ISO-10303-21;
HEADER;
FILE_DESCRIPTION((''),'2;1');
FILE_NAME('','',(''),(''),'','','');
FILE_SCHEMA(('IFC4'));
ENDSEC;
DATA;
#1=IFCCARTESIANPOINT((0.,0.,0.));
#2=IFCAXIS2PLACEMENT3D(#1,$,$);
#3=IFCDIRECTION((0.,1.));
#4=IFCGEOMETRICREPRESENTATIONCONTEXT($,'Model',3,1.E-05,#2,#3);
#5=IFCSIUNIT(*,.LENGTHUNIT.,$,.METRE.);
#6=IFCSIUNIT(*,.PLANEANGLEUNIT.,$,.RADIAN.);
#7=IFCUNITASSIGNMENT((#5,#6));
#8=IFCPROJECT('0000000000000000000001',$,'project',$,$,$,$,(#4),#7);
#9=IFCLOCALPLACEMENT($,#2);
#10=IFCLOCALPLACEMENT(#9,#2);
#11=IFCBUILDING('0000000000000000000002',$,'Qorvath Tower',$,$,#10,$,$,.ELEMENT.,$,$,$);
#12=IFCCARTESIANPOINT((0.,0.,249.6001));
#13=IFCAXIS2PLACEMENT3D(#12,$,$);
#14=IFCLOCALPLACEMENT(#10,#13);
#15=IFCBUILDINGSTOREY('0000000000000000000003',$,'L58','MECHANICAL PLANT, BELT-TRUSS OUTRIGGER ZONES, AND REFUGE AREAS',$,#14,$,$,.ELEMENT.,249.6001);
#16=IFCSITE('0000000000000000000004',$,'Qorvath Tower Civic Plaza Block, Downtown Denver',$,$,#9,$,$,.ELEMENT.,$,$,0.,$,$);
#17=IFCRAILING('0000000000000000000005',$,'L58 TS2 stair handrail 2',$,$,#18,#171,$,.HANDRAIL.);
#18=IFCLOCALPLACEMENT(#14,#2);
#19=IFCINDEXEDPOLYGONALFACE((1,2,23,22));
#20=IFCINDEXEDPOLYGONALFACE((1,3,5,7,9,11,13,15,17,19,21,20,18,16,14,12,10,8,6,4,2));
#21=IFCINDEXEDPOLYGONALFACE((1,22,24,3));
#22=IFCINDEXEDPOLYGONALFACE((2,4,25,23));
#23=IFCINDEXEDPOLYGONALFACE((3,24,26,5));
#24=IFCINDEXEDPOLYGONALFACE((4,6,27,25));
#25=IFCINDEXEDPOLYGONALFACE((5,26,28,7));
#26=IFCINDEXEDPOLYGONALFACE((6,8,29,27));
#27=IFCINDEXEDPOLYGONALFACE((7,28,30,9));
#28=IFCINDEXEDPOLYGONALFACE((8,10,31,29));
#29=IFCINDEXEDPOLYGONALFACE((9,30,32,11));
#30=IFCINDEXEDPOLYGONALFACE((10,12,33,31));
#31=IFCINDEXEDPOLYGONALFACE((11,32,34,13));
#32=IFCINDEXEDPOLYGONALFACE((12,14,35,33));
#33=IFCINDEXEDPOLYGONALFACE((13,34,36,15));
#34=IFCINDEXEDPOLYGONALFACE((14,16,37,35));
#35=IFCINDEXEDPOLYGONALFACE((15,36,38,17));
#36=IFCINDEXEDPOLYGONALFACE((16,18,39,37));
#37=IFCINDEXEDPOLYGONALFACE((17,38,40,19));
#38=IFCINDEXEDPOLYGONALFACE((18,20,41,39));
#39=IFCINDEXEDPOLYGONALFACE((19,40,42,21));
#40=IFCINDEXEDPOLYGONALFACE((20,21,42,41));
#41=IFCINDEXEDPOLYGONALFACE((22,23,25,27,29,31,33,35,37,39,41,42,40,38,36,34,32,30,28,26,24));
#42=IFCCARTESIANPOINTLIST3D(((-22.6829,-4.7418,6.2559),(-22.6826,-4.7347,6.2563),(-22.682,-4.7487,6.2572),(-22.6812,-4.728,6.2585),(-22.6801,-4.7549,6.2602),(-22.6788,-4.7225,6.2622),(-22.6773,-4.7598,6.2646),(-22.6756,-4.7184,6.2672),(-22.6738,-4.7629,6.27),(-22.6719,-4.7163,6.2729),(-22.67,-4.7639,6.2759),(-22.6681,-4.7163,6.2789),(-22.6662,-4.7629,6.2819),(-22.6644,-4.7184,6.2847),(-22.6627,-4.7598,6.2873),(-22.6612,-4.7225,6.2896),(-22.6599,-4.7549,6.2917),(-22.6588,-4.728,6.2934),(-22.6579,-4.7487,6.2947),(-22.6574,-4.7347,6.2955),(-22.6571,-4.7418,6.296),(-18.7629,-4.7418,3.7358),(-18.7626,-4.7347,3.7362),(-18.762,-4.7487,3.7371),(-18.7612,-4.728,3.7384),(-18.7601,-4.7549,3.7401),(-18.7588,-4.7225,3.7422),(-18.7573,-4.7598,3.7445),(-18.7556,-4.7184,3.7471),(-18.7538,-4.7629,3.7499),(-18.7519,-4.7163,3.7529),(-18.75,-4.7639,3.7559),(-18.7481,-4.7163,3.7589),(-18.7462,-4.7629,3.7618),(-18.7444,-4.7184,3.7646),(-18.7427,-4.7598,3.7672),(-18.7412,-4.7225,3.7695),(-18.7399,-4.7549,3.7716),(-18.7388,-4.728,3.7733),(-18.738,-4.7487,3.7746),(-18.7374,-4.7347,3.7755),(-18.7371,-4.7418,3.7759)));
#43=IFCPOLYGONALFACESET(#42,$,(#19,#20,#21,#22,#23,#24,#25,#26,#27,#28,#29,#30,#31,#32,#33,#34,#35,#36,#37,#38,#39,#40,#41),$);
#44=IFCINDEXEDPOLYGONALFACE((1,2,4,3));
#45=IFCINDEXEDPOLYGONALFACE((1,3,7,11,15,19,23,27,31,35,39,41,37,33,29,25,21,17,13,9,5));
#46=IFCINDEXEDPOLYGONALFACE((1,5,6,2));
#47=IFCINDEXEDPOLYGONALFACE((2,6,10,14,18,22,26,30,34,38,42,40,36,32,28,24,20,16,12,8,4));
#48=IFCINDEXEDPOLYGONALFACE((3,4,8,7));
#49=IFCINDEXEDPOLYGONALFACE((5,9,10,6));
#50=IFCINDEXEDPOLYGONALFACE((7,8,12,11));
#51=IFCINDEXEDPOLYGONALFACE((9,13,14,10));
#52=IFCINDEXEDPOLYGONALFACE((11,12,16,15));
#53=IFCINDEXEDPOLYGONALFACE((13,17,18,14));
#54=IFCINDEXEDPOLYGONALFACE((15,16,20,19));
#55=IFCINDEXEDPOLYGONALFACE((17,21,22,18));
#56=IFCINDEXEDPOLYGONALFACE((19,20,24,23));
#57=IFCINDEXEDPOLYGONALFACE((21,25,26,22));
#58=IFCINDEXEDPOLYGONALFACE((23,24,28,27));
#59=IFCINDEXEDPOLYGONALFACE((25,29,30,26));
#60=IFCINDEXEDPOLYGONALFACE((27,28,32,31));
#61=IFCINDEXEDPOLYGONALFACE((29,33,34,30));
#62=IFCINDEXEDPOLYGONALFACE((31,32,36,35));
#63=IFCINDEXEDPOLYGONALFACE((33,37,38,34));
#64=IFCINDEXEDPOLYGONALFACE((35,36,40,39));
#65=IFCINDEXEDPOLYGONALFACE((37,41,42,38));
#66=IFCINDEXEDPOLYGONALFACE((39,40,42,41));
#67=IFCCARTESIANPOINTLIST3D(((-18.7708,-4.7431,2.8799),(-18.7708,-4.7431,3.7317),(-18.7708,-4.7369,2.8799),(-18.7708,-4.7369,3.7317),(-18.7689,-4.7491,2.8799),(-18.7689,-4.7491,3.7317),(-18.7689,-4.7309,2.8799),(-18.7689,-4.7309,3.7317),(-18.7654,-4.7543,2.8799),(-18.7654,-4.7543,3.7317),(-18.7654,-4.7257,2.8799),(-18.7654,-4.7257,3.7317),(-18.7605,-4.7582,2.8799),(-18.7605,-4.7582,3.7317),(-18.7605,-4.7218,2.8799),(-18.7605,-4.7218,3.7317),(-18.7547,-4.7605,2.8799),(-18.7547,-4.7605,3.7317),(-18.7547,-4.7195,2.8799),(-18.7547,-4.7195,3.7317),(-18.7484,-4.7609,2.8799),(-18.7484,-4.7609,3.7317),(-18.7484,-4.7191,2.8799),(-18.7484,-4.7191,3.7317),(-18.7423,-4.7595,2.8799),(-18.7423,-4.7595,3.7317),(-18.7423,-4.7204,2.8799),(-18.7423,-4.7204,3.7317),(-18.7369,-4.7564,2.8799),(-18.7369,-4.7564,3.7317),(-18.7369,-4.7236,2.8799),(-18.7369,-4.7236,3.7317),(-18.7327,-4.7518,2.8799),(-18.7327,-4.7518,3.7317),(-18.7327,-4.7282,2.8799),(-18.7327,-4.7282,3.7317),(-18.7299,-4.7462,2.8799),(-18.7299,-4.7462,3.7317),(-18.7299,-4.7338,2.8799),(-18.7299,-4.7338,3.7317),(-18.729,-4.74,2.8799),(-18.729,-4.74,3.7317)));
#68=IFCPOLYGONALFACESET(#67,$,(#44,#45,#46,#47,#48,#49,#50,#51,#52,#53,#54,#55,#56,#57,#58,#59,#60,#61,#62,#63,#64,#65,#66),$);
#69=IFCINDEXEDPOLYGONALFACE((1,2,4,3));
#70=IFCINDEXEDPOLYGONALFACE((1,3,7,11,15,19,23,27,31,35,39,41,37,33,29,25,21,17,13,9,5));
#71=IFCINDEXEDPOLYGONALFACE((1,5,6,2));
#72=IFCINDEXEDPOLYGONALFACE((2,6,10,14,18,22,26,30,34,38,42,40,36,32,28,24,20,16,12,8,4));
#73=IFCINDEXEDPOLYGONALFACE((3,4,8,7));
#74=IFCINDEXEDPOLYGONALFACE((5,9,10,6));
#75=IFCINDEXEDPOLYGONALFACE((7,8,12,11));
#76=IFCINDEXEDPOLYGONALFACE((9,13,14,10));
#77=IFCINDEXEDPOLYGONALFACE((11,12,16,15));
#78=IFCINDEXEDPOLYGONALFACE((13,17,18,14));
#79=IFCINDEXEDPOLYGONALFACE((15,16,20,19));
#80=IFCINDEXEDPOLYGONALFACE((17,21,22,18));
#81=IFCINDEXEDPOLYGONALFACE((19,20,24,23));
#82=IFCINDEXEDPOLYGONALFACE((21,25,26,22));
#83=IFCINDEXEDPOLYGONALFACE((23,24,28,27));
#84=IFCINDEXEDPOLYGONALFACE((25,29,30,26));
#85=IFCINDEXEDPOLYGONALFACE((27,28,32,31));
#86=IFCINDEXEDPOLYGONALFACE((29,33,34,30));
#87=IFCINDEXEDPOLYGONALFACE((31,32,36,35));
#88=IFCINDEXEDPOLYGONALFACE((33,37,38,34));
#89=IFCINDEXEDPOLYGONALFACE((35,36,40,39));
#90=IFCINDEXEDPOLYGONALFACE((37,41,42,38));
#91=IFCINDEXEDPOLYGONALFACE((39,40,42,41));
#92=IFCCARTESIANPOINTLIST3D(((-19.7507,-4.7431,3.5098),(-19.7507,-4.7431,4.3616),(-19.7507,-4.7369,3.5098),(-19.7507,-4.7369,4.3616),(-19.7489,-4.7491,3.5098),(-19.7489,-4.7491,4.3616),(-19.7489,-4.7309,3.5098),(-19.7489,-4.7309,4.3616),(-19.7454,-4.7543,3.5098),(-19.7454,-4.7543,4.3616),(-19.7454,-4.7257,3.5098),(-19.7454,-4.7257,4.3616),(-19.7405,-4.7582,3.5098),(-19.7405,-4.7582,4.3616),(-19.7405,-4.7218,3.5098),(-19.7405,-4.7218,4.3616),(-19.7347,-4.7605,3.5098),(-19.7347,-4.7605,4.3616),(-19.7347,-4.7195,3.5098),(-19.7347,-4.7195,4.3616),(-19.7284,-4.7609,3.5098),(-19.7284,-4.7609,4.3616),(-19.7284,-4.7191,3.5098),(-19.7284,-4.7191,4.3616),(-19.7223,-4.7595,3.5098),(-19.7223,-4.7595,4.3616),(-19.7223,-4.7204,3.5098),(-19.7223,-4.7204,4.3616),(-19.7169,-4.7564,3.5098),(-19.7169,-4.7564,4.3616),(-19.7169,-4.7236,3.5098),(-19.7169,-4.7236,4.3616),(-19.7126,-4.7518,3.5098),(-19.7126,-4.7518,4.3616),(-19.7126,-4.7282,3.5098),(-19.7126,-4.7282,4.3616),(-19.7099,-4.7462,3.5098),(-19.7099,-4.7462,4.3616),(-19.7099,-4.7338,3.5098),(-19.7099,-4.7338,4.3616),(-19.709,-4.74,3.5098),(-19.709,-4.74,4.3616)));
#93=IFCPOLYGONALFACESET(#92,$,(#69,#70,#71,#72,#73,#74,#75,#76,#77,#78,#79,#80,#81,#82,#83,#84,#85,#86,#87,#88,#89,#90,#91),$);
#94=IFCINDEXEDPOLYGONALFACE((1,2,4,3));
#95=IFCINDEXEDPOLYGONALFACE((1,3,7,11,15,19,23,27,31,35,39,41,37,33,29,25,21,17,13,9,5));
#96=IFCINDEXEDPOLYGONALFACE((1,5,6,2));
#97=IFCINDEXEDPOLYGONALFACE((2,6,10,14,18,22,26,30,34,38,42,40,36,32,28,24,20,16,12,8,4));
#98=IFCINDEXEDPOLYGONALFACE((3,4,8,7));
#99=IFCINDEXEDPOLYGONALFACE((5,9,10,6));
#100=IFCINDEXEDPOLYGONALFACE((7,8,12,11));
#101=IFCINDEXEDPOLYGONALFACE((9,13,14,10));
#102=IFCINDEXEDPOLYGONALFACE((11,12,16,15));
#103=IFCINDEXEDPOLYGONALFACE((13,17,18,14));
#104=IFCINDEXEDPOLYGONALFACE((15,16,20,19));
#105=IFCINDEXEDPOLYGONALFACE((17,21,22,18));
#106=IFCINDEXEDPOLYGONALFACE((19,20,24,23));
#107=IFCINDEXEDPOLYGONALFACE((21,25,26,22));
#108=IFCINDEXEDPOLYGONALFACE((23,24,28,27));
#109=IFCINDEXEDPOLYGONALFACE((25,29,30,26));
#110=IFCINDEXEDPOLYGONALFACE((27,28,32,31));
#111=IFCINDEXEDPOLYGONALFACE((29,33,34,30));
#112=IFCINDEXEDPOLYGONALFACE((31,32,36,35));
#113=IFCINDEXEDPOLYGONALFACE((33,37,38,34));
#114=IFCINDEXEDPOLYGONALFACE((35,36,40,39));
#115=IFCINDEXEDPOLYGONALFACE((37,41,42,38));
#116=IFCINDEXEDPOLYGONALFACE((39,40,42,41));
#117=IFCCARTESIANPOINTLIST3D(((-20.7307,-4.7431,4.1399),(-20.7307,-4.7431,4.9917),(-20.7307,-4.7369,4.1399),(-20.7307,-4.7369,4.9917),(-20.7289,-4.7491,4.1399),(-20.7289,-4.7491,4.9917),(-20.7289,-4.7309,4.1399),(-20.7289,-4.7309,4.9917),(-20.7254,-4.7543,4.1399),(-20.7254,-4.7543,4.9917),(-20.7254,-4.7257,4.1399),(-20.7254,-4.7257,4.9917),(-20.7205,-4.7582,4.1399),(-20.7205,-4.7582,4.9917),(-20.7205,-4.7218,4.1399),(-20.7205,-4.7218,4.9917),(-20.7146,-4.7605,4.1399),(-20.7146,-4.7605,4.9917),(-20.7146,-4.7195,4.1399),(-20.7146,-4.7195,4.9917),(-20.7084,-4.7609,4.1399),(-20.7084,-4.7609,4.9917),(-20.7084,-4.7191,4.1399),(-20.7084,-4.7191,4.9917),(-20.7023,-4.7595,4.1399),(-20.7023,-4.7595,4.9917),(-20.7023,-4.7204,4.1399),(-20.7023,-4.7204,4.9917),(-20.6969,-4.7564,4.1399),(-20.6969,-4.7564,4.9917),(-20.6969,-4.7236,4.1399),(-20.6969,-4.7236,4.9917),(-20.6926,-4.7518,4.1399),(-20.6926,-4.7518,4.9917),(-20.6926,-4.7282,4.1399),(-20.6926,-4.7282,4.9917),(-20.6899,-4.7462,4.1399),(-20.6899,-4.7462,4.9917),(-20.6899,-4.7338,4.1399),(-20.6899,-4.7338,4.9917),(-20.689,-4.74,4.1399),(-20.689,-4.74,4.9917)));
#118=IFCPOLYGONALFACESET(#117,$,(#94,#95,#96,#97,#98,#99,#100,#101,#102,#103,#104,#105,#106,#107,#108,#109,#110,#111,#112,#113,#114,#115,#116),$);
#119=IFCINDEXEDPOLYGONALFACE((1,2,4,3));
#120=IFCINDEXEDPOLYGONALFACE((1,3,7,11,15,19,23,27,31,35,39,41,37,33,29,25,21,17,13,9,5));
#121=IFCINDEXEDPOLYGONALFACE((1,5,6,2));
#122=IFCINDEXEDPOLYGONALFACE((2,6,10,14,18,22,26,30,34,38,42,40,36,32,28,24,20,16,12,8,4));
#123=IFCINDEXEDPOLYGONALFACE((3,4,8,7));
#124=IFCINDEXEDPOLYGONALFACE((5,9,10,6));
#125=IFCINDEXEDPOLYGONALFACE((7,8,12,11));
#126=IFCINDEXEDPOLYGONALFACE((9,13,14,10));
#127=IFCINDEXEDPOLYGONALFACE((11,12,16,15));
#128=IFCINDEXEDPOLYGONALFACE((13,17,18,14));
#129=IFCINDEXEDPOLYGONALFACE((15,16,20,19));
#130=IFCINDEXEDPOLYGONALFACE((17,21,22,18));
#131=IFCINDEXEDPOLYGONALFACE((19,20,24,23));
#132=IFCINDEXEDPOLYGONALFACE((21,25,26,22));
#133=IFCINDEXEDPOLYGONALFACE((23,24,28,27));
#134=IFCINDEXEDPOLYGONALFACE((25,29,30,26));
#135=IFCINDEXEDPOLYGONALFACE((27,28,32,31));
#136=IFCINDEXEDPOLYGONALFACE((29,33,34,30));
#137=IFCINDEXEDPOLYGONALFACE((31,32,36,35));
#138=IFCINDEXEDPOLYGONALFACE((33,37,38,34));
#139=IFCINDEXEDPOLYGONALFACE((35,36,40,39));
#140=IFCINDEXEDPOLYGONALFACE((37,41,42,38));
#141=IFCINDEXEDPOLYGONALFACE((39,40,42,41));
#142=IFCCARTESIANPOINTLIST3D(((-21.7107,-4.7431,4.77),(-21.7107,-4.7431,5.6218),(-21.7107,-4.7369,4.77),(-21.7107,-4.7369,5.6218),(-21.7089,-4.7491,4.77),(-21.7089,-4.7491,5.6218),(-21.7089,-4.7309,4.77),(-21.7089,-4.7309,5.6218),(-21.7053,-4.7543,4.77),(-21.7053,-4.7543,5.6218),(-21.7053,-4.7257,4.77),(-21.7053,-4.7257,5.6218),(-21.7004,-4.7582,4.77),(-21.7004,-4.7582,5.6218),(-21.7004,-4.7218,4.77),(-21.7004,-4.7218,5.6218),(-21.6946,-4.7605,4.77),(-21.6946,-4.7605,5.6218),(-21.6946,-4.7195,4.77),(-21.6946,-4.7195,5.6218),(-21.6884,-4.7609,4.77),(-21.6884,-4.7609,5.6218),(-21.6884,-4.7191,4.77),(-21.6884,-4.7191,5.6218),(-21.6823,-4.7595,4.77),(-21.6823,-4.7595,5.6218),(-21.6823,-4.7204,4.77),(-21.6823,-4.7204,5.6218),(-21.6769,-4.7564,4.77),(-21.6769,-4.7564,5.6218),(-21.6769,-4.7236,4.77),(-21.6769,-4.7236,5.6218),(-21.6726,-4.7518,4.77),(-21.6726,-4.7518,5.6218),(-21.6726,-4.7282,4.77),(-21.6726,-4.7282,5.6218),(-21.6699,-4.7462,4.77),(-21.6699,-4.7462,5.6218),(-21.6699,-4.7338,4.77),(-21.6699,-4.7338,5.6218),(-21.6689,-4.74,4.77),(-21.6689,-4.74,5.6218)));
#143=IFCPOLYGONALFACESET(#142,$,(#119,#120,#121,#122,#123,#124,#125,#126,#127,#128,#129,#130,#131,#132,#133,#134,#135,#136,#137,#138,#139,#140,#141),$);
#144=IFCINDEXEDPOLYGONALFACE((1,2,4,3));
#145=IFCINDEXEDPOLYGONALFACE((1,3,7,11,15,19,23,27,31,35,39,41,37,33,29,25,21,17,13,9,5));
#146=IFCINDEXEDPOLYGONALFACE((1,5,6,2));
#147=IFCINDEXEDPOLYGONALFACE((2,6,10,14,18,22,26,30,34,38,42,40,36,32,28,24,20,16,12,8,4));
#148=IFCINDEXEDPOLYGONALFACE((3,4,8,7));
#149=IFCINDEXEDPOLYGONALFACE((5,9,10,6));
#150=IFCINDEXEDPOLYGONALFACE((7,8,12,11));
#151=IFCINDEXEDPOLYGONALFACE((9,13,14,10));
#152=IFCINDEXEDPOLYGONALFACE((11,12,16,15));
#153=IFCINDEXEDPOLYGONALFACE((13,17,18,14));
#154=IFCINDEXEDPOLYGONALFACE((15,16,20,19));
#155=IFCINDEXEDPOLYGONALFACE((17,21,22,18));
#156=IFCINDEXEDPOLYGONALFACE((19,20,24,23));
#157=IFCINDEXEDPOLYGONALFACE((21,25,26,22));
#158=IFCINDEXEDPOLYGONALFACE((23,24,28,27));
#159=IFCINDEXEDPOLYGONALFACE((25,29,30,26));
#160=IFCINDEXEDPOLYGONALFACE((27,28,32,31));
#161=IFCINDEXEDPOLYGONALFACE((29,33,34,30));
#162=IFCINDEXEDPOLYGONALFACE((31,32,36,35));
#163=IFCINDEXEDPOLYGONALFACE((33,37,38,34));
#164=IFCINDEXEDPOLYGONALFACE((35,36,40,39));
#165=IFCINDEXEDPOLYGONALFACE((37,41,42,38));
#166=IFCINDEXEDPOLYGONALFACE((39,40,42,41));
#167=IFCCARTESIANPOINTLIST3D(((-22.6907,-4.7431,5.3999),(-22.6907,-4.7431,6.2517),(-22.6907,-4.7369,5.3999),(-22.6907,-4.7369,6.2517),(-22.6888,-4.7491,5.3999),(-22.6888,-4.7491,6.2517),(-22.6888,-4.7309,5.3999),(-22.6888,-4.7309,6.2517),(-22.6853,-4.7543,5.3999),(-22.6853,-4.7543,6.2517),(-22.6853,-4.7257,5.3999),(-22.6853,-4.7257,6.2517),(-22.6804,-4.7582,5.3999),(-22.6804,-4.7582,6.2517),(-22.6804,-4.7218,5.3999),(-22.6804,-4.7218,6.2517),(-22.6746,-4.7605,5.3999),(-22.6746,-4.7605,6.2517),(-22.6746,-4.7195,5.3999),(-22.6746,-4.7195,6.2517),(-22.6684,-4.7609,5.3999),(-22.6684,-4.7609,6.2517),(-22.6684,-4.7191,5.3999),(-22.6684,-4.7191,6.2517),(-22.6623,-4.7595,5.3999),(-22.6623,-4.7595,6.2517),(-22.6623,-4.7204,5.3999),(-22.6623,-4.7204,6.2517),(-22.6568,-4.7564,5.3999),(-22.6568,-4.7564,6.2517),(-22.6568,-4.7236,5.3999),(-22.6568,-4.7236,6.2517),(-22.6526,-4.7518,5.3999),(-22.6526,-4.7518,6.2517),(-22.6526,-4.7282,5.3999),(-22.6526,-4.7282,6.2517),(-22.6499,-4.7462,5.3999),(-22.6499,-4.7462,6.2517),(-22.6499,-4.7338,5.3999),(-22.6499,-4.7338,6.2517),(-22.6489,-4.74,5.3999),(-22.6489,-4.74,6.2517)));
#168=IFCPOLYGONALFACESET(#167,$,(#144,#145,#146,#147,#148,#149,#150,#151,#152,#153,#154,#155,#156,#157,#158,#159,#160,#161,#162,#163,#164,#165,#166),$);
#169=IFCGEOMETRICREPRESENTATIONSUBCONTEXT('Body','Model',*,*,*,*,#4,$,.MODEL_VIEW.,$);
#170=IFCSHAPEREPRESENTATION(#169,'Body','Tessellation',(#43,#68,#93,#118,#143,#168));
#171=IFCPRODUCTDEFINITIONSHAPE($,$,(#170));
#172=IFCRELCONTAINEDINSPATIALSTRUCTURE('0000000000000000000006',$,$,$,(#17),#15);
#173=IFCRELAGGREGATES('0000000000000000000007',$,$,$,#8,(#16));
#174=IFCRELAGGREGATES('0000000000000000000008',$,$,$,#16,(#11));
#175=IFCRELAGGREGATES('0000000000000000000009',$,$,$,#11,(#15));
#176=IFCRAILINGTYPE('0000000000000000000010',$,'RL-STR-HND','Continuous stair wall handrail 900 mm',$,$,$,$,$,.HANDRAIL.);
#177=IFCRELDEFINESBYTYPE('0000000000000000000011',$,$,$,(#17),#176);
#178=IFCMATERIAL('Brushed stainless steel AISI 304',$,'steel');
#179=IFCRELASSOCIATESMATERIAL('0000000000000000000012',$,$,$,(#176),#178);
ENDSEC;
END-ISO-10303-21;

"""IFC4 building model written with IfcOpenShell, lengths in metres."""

from ifc_helpers import new_model, si_unit, direction, frame, origin, origin_2d, place, context, subcontext, project, spatial, circle, extrude, material, type_object, element, save


model = new_model("IFC4")

# Units and contexts
model_context = context("Model", 3, precision=1e-05, world=origin(), true_north=direction((0.0, 1.0)))
body_context = subcontext(model_context, "Body", "Model", "MODEL_VIEW")
ifc_project = project(units=[si_unit("LENGTHUNIT", "METRE"), si_unit("PLANEANGLEUNIT", "RADIAN")], contexts=[model_context])

# Site, building, storey
site_placement = place(None, origin())
site = spatial("IfcSite", under=ifc_project, at=site_placement, Name="Qorvath Tower Civic Plaza Block, Downtown Denver", CompositionType="ELEMENT", RefElevation=0.0)
building_placement = place(site_placement, origin())
building = spatial("IfcBuilding", under=site, at=building_placement, Name="Qorvath Tower", CompositionType="ELEMENT")
storey_placement = place(building_placement, frame((0.0, 0.0, 249.6001)))
storey = spatial("IfcBuildingStorey", under=building, at=storey_placement, Name="L58", Description="MECHANICAL PLANT, BELT-TRUSS OUTRIGGER ZONES, AND REFUGE AREAS", CompositionType="ELEMENT", Elevation=249.6001)

# Railing
ifc_material_1 = material(Name="Brushed stainless steel AISI 304", Category="steel")
railing_type_1 = type_object("IfcRailingType", Name="RL-STR-HND", Description="Continuous stair wall handrail 900 mm", PredefinedType="HANDRAIL", material=ifc_material_1)
railing_1_placement = place(storey_placement, frame((-18.75, -4.74, 2.8799)))
element("IfcRailing", 1, at=railing_1_placement, inside=storey, type_object=railing_type_1, Name="L58 TS2 stair handrail 2", PredefinedType="HANDRAIL", context=body_context, shape_type="SweptSolid", body=[
    extrude(circle(Radius=0.0239, at=origin_2d()), frame((0.0, 0.0, 0.876), z_axis=(-0.841172, 0.0, 0.540768), x_axis=(0.0, -1.0, 0.0)), (0.0, 0.0, 1.0), 4.6602),
    extrude(circle(Radius=0.021, at=origin_2d()), origin(), (0.0, 0.0, 1.0), 0.8518),
    extrude(circle(Radius=0.021, at=origin_2d()), frame((-0.98, 0.0, 0.6299)), (0.0, 0.0, 1.0), 0.8518),
    extrude(circle(Radius=0.021, at=origin_2d()), frame((-1.96, 0.0, 1.26)), (0.0, 0.0, 1.0), 0.8518),
    extrude(circle(Radius=0.021, at=origin_2d()), frame((-2.9399, 0.0, 1.8901)), (0.0, 0.0, 1.0), 0.8518),
    extrude(circle(Radius=0.021, at=origin_2d()), frame((-3.9199, 0.0, 2.52)), (0.0, 0.0, 1.0), 0.8518),
])

save(model, "model.ifc")
